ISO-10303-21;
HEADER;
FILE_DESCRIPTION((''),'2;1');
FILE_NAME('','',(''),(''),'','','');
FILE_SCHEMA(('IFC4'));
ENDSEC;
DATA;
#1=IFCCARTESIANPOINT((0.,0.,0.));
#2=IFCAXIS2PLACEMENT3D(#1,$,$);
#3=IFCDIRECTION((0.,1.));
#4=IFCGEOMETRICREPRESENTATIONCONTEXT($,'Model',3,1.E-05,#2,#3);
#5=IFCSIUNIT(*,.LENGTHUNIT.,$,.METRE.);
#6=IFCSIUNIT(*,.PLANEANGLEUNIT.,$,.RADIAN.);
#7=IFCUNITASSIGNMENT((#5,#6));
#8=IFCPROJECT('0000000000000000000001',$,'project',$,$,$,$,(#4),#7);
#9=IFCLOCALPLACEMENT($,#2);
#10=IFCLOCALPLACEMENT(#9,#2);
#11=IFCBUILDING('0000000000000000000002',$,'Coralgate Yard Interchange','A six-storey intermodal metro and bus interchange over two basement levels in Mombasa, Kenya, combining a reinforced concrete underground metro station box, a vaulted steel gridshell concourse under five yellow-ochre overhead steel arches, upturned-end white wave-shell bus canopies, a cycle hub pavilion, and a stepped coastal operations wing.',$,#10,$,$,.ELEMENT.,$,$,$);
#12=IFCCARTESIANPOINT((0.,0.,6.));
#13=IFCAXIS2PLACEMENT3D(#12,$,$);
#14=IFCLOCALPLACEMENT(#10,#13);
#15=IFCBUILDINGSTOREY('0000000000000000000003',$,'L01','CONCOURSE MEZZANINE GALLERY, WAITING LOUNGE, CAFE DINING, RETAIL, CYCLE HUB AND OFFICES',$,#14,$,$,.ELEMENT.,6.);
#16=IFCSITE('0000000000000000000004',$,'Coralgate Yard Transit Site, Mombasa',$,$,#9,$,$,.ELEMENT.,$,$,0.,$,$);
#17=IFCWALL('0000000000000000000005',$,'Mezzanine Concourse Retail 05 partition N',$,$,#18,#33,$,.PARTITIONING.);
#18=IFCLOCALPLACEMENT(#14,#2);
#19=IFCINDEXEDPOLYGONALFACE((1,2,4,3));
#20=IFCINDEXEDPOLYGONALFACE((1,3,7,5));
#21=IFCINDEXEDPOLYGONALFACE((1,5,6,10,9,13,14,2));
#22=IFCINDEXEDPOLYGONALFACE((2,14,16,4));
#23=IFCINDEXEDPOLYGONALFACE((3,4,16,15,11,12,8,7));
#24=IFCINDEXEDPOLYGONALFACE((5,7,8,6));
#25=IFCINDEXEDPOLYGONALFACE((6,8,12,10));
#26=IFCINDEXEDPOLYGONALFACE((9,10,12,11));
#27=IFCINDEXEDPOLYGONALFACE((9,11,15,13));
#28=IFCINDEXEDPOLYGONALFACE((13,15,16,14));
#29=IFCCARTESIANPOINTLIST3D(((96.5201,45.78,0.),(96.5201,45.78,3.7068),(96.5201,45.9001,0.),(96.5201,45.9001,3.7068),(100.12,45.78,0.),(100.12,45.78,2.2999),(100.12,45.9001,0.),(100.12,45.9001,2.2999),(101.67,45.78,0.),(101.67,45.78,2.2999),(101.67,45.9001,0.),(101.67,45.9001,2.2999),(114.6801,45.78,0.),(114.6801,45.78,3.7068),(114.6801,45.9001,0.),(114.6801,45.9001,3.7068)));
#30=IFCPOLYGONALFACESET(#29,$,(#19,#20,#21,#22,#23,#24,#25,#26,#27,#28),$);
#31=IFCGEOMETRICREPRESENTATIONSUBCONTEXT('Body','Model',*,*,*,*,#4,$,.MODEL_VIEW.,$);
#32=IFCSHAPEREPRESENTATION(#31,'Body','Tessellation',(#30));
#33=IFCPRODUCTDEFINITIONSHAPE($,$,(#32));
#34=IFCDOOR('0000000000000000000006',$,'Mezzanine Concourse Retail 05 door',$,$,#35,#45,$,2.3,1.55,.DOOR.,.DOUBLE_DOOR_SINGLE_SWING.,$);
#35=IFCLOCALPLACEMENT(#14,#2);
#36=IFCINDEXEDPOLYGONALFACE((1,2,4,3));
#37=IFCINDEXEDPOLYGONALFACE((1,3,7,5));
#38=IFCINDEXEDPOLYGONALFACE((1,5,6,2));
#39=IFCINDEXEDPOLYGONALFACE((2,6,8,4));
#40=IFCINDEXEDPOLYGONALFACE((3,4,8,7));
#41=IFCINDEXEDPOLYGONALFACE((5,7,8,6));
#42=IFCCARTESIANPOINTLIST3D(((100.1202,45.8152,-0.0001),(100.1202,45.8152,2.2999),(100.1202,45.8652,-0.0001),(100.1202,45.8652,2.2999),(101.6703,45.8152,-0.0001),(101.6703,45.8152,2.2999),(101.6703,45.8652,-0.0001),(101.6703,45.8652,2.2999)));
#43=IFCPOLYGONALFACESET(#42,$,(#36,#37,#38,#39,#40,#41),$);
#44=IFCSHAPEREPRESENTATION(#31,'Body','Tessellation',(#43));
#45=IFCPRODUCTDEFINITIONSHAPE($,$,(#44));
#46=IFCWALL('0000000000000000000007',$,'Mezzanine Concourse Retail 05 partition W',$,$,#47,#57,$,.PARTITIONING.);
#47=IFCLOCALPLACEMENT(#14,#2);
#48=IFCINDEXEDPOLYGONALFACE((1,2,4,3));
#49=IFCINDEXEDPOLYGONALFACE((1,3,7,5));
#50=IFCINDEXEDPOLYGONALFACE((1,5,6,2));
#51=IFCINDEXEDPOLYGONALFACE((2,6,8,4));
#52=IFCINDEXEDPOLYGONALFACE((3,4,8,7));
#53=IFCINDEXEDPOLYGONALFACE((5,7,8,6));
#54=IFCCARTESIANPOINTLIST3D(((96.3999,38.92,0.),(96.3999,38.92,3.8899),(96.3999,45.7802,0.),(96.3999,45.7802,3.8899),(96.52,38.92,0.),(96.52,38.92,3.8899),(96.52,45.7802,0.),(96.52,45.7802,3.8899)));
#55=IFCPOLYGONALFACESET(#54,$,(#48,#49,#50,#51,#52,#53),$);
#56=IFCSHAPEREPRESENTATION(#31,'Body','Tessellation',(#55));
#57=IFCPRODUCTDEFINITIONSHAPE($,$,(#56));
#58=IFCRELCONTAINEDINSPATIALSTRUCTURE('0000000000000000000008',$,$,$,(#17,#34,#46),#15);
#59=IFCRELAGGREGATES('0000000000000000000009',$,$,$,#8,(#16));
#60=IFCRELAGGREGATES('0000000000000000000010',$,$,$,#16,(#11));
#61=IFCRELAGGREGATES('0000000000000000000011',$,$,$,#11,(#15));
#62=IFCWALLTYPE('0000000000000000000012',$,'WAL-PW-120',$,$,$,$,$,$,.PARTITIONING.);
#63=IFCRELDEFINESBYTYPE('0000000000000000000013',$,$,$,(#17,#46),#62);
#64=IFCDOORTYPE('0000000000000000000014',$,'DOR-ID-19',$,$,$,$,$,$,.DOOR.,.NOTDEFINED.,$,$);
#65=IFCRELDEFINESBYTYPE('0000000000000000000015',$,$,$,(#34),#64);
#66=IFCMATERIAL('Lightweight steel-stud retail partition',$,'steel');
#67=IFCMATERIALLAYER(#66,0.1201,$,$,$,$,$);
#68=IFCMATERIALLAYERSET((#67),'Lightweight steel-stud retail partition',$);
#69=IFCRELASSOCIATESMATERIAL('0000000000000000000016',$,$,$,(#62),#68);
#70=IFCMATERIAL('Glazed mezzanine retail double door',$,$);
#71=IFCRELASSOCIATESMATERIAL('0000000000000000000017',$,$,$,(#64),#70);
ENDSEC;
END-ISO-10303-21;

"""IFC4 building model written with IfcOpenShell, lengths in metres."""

from ifc_helpers import new_model, si_unit, direction, frame, frame_2d, origin, place, context, subcontext, project, spatial, rectangle, extrude, material, layer, layer_set, type_object, element, fill, save


model = new_model("IFC4")

# Units and contexts
model_context = context("Model", 3, precision=1e-05, world=origin(), true_north=direction((0.0, 1.0)))
body_context = subcontext(model_context, "Body", "Model", "MODEL_VIEW")
ifc_project = project(units=[si_unit("LENGTHUNIT", "METRE"), si_unit("PLANEANGLEUNIT", "RADIAN")], contexts=[model_context])

# Site, building, storey
site_placement = place(None, origin())
site = spatial("IfcSite", under=ifc_project, at=site_placement, Name="Coralgate Yard Transit Site, Mombasa", CompositionType="ELEMENT", RefElevation=0.0)
building_placement = place(site_placement, origin())
building = spatial("IfcBuilding", under=site, at=building_placement, Name="Coralgate Yard Interchange", Description="A six-storey intermodal metro and bus interchange over two basement levels in Mombasa, Kenya, combining a reinforced concrete underground metro station box, a vaulted steel gridshell concourse under five yellow-ochre overhead steel arches, upturned-end white wave-shell bus canopies, a cycle hub pavilion, and a stepped coastal operations wing.", CompositionType="ELEMENT")
storey_placement = place(building_placement, frame((0.0, 0.0, 6.0)))
storey = spatial("IfcBuildingStorey", under=building, at=storey_placement, Name="L01", Description="CONCOURSE MEZZANINE GALLERY, WAITING LOUNGE, CAFE DINING, RETAIL, CYCLE HUB AND OFFICES", CompositionType="ELEMENT", Elevation=6.0)

# Wall, opening, door
ifc_material_1 = material(Name="Lightweight steel-stud retail partition", Category="steel")
ifc_layer_1 = layer(ifc_material_1, 0.1201)
ifc_layer_set_1 = layer_set([ifc_layer_1], Name="Lightweight steel-stud retail partition")
wall_type = type_object("IfcWallType", Name="WAL-PW-120", PredefinedType="PARTITIONING", material=ifc_layer_set_1)
wall_1_placement = place(storey_placement, frame((96.52, 45.8401, 0.0), z_axis=(0.0, 0.0, 1.0), x_axis=(1.0, 0.0, 0.0)))
wall_1 = element("IfcWall", 1, at=wall_1_placement, inside=storey, type_object=wall_type, Name="Mezzanine Concourse Retail 05 partition N", PredefinedType="PARTITIONING", context=body_context, shape_type="SweptSolid", body=[
    extrude(rectangle(XDim=18.1599, YDim=0.1201, at=frame_2d((9.0801, 0.0))), origin(), (0.0, 0.0, 1.0), 3.7068),
])
opening_placement = place(wall_1_placement, frame((3.6001, 0.0, 0.0)))
opening = element("IfcOpeningElement", 2, at=opening_placement, cuts=wall_1, PredefinedType="OPENING", context=body_context, shape_type="SweptSolid", body=[
    extrude(rectangle(XDim=1.55, YDim=2.3, at=frame_2d((0.7749, 1.1499))), frame((0.0, 0.0701, 0.0), z_axis=(0.0, -1.0, 0.0), x_axis=(1.0, 0.0, 0.0)), (0.0, 0.0, 1.0), 0.1401),
])
ifc_material_2 = material(Name="Glazed mezzanine retail double door")
door_type = type_object("IfcDoorType", Name="DOR-ID-19", OperationType="NOTDEFINED", PredefinedType="DOOR", material=ifc_material_2)
door_placement = place(opening_placement, frame((1.55, 0.0, 0.0), z_axis=(0.0, 0.0, 1.0), x_axis=(-1.0, 0.0, 0.0)))
door = element("IfcDoor", 3, at=door_placement, inside=storey, type_object=door_type, Name="Mezzanine Concourse Retail 05 door", OperationType="DOUBLE_DOOR_SINGLE_SWING", OverallHeight=2.3, OverallWidth=1.55, PredefinedType="DOOR", context=body_context, shape_type="SweptSolid", body=[
    extrude(rectangle(XDim=1.55, YDim=2.3, at=frame_2d((0.7749, 1.1499))), frame((0.0, 0.0249, 0.0), z_axis=(0.0, -1.0, 0.0), x_axis=(1.0, 0.0, 0.0)), (0.0, 0.0, 1.0), 0.05),
])
fill(opening, door)

# Wall
wall_2_placement = place(storey_placement, frame((96.46, 38.9199, 0.0), z_axis=(0.0, 0.0, 1.0), x_axis=(0.0, 1.0, 0.0)))
element("IfcWall", 4, at=wall_2_placement, inside=storey, type_object=wall_type, Name="Mezzanine Concourse Retail 05 partition W", PredefinedType="PARTITIONING", context=body_context, shape_type="SweptSolid", body=[
    extrude(rectangle(XDim=6.8601, YDim=0.1201, at=frame_2d((3.4302, 0.0))), origin(), (0.0, 0.0, 1.0), 3.8899),
])

save(model, "model.ifc")
